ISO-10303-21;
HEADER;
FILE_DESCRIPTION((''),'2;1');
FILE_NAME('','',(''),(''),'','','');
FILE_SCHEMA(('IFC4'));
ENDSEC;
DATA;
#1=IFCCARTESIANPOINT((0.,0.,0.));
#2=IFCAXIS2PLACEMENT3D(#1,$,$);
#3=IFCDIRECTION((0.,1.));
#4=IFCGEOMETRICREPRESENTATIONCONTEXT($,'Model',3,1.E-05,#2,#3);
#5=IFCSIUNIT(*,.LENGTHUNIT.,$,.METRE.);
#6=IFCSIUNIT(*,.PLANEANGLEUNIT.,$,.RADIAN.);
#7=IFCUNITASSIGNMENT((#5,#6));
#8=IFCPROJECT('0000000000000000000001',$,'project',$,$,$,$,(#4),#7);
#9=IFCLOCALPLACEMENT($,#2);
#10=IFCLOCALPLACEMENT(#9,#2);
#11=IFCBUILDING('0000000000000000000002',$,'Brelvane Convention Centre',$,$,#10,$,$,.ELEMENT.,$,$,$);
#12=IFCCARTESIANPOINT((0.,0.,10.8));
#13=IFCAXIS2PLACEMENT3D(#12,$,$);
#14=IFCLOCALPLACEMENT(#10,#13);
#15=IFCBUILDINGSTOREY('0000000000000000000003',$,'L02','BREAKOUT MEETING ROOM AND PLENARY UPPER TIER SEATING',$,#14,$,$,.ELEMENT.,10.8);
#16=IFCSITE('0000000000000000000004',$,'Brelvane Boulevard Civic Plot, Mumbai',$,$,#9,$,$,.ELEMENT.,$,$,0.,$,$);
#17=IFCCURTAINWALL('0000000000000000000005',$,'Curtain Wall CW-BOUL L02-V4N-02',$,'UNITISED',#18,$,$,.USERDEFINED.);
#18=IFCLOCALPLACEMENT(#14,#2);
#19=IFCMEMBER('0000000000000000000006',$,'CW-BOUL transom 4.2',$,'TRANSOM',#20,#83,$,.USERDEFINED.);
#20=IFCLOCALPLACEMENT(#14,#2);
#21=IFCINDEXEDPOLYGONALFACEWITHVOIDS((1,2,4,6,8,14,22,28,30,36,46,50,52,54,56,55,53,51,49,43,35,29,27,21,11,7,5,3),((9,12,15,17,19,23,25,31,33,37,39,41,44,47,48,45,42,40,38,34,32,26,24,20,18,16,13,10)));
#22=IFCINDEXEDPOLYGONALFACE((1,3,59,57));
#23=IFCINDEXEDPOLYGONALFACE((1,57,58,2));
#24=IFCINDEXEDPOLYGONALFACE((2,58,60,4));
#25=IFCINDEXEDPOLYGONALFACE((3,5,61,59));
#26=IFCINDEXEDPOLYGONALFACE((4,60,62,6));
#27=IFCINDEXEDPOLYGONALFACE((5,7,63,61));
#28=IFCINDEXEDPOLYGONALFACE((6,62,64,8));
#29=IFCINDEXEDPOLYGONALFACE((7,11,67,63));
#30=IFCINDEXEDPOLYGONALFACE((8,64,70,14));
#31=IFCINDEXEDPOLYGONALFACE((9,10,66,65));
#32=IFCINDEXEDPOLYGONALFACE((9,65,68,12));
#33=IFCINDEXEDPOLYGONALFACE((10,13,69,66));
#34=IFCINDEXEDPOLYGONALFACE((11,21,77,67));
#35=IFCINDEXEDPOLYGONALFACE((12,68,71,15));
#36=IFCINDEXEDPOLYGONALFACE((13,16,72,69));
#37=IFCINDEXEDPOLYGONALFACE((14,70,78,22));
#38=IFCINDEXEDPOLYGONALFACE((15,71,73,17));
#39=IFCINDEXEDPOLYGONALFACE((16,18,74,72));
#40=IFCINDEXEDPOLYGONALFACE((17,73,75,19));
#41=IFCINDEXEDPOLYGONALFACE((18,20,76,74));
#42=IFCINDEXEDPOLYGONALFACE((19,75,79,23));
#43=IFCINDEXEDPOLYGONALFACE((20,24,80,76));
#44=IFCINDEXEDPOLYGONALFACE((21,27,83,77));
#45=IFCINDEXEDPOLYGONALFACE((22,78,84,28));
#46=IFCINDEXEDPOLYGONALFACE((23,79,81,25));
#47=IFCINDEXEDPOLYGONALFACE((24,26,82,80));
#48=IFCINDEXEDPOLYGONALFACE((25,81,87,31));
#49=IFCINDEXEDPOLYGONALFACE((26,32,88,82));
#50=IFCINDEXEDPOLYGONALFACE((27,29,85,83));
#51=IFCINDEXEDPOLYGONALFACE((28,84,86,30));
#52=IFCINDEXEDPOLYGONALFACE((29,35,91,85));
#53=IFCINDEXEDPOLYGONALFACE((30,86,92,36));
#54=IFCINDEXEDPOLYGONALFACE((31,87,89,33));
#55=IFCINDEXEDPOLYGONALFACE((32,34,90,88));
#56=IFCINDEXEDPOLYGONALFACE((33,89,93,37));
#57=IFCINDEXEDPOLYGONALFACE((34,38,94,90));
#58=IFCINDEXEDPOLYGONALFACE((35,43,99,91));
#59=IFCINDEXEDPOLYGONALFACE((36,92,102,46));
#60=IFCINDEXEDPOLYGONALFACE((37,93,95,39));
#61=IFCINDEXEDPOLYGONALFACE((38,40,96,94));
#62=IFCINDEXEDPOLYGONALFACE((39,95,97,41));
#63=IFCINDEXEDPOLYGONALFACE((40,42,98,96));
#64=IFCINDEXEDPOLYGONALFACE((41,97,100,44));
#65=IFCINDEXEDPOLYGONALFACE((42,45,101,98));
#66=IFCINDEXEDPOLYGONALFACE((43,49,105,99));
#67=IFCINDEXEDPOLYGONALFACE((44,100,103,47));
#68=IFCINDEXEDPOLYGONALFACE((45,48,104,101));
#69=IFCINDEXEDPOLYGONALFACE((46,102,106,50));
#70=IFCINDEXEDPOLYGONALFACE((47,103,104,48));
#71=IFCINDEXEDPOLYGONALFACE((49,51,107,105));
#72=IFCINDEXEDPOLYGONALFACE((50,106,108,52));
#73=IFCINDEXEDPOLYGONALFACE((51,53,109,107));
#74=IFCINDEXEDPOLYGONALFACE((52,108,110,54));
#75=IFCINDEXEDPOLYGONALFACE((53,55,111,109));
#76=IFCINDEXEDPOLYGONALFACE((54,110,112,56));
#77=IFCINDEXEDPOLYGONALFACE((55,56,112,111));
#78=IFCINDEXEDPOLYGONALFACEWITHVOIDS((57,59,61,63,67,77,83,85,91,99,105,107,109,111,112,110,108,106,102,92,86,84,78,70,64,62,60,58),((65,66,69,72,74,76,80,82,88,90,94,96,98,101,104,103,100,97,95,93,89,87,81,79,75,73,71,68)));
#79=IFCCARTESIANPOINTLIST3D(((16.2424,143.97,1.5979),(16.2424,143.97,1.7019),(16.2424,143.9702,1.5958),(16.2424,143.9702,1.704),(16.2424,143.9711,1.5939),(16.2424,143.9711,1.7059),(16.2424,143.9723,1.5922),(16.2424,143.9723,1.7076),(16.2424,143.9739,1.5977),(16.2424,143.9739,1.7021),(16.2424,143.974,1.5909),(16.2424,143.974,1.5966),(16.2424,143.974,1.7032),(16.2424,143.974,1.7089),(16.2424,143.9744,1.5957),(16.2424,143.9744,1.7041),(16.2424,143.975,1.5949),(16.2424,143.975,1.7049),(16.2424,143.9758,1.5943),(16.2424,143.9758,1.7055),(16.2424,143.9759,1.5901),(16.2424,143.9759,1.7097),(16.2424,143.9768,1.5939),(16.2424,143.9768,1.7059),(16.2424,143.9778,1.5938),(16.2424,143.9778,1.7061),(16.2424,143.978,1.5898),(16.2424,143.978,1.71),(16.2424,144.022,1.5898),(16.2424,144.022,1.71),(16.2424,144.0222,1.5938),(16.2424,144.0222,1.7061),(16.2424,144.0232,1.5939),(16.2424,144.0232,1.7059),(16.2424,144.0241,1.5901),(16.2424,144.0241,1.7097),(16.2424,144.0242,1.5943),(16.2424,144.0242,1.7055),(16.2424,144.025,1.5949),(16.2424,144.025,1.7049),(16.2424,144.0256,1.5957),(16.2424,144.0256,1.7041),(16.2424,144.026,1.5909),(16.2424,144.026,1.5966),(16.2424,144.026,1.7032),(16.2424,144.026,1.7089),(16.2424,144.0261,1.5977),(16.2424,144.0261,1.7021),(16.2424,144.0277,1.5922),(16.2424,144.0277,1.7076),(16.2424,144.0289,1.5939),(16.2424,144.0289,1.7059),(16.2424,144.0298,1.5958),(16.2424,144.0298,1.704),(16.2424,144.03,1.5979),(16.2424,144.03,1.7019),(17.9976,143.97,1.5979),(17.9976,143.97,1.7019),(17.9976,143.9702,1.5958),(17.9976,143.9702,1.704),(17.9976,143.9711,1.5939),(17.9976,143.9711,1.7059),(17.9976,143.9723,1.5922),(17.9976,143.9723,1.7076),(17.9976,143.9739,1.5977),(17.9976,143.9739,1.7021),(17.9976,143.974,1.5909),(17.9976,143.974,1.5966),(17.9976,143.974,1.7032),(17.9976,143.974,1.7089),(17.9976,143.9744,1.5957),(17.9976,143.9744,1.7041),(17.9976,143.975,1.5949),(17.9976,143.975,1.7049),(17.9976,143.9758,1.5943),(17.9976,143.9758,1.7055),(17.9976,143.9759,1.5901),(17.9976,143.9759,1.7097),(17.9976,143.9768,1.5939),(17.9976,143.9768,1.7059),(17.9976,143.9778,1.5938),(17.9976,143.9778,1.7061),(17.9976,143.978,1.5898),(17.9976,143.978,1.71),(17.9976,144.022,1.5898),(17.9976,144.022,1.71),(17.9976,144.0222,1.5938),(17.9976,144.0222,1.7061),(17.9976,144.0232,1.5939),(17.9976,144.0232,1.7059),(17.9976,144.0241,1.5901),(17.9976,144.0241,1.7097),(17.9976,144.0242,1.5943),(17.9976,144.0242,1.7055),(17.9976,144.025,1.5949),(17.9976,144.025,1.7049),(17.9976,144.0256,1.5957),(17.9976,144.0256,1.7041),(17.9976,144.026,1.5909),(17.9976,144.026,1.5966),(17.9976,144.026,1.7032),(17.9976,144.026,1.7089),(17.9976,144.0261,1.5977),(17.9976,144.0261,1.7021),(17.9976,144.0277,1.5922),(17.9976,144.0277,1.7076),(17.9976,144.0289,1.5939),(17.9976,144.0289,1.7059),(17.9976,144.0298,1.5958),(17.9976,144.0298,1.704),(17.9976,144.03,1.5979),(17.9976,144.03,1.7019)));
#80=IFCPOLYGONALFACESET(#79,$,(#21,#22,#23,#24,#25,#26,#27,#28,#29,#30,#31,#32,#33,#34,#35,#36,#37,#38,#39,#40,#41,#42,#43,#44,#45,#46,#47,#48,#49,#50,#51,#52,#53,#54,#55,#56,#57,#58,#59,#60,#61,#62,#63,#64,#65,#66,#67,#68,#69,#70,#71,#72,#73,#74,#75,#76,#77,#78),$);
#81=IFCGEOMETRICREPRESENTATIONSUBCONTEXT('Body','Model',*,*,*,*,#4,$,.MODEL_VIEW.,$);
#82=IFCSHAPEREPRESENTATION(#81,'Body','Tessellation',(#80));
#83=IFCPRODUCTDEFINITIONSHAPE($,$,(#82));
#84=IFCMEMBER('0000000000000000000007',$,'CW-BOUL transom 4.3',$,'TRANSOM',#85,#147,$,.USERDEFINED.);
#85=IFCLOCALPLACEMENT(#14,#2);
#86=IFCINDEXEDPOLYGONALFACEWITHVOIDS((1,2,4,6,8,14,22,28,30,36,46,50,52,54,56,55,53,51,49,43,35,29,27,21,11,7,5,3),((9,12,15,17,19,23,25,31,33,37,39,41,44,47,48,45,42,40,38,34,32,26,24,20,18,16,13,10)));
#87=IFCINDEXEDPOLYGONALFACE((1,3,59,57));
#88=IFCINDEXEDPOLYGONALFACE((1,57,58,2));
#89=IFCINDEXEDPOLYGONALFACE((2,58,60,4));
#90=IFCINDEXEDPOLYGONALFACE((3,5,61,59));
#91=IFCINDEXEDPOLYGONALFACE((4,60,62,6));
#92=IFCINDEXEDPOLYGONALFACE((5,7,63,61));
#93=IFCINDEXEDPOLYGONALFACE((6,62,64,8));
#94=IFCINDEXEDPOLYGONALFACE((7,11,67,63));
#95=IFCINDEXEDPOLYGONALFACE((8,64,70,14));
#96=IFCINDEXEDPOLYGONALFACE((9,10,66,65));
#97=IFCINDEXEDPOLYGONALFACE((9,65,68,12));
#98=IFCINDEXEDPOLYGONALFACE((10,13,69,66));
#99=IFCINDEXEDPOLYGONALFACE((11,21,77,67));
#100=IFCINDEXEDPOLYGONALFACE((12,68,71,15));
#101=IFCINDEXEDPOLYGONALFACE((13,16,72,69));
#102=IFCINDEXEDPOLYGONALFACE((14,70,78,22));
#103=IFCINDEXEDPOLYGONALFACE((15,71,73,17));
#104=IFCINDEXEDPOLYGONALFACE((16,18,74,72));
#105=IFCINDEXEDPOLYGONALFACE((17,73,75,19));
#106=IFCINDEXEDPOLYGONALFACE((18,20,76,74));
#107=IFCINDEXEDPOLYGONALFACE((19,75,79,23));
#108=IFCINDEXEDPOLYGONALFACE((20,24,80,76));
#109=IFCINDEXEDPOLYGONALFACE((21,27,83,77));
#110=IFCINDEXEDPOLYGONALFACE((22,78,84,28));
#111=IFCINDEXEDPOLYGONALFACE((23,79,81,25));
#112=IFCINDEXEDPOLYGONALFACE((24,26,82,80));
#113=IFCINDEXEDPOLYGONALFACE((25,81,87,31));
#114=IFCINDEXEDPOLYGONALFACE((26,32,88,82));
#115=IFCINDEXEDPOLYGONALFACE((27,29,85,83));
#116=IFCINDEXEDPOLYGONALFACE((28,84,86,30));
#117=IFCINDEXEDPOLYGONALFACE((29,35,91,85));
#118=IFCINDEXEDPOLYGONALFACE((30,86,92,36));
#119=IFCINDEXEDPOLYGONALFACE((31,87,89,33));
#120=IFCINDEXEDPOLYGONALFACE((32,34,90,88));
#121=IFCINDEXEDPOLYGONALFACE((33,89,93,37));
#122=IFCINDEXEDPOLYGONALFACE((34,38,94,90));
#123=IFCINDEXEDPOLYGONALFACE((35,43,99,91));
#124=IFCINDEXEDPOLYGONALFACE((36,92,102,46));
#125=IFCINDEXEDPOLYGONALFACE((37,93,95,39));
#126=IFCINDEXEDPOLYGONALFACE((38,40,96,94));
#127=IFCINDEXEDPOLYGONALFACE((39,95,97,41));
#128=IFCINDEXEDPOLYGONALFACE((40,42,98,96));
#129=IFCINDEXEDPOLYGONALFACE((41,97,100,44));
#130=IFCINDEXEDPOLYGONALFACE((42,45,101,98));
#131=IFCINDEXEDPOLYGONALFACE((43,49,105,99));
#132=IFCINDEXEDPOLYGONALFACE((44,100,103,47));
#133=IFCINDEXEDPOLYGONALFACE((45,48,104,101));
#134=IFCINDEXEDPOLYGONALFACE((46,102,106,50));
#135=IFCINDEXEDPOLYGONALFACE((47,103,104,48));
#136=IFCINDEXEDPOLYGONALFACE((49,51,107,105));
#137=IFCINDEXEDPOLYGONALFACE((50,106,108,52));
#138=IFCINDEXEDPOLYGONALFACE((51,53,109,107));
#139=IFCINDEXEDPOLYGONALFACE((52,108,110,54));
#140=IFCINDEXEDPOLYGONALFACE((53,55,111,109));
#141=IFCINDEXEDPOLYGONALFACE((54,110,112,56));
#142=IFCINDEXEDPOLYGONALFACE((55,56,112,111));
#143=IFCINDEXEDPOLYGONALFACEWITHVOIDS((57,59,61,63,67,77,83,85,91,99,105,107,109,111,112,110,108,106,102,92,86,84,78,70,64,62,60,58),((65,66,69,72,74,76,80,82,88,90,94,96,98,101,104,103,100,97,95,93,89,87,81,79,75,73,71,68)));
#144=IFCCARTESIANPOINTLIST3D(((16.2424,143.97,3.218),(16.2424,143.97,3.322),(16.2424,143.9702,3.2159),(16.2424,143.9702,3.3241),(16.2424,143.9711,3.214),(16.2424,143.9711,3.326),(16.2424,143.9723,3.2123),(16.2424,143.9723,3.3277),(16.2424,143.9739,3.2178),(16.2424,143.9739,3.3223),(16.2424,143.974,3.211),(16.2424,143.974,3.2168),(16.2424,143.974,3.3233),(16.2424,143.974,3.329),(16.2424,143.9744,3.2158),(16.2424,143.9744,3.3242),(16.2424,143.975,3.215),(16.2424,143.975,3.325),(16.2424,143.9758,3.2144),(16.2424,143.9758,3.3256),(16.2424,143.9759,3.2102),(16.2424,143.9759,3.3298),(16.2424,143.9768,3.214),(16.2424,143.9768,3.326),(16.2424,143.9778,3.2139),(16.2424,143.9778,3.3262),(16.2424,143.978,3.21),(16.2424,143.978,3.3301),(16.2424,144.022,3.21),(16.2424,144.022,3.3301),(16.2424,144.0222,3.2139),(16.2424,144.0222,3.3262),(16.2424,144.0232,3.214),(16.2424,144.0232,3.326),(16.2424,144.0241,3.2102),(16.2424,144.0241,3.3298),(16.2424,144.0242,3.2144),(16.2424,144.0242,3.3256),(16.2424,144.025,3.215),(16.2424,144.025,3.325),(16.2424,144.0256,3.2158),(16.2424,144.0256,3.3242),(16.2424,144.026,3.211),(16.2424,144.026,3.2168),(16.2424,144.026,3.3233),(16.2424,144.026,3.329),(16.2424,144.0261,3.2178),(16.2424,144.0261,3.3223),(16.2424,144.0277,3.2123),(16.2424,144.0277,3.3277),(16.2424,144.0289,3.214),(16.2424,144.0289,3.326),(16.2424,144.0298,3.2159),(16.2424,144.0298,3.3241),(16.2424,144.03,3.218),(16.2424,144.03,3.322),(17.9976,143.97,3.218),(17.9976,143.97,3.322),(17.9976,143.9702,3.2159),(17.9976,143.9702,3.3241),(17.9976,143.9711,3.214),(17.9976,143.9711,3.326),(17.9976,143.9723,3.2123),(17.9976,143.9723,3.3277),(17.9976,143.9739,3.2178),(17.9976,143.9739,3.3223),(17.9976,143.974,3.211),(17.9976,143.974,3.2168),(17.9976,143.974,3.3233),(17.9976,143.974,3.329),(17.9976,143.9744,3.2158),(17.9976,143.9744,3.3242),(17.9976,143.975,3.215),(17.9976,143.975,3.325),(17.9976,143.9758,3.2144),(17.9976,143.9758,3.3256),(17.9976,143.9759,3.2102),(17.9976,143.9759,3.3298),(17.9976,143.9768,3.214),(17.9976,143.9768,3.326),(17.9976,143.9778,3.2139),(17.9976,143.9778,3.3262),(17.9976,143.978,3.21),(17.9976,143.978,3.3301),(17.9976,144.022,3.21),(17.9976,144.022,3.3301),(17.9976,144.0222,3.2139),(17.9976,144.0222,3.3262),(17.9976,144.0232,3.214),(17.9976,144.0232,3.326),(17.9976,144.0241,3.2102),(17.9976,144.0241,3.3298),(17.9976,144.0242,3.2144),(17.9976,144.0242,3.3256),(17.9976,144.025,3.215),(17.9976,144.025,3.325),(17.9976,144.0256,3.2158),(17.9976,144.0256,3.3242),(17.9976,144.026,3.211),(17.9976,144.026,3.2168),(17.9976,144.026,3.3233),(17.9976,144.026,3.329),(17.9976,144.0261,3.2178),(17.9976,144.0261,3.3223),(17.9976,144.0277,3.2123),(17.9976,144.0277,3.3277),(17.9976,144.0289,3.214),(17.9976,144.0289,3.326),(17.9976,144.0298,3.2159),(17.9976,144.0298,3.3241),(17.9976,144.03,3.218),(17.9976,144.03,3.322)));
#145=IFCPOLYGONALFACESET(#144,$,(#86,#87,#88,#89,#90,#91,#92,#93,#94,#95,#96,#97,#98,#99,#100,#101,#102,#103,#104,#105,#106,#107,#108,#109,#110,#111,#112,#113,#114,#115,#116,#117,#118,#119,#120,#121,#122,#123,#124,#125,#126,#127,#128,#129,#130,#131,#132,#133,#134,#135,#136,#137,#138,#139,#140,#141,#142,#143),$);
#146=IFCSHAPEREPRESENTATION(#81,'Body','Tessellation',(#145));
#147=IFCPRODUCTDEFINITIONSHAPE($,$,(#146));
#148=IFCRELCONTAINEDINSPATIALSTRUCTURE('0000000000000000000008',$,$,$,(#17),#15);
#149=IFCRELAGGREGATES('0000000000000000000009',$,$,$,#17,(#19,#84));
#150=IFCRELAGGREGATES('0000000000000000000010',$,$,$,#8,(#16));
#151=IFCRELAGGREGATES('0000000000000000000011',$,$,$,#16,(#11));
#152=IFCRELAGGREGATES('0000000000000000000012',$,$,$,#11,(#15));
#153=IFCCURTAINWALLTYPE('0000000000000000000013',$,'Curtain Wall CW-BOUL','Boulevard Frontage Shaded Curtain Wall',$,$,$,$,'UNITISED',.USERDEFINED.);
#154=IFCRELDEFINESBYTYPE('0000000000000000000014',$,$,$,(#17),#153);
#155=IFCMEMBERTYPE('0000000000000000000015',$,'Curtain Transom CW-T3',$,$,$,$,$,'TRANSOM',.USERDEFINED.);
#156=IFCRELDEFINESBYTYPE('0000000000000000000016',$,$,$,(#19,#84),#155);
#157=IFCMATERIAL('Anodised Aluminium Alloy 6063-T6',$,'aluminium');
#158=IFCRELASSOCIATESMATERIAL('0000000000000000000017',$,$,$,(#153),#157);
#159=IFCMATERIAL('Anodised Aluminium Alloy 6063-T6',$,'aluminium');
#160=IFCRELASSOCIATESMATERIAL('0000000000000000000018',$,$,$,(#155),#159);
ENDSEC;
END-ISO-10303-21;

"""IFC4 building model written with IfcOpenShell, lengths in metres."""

from ifc_helpers import new_model, si_unit, direction, frame, origin, origin_2d, place, context, subcontext, project, spatial, hollow_rectangle, extrude, material, material_profile, profile_set, type_object, element, aggregate, save


model = new_model("IFC4")

# Units and contexts
model_context = context("Model", 3, precision=1e-05, world=origin(), true_north=direction((0.0, 1.0)))
body_context = subcontext(model_context, "Body", "Model", "MODEL_VIEW")
ifc_project = project(units=[si_unit("LENGTHUNIT", "METRE"), si_unit("PLANEANGLEUNIT", "RADIAN")], contexts=[model_context])

# Site, building, storey
site_placement = place(None, origin())
site = spatial("IfcSite", under=ifc_project, at=site_placement, Name="Brelvane Boulevard Civic Plot, Mumbai", CompositionType="ELEMENT", RefElevation=0.0)
building_placement = place(site_placement, origin())
building = spatial("IfcBuilding", under=site, at=building_placement, Name="Brelvane Convention Centre", CompositionType="ELEMENT")
storey_placement = place(building_placement, frame((0.0, 0.0, 10.8)))
storey = spatial("IfcBuildingStorey", under=building, at=storey_placement, Name="L02", Description="BREAKOUT MEETING ROOM AND PLENARY UPPER TIER SEATING", CompositionType="ELEMENT", Elevation=10.8)

# Curtain wall, members
ifc_material_1 = material(Name="Anodised Aluminium Alloy 6063-T6", Category="aluminium")
curtain_wall_type = type_object("IfcCurtainWallType", Name="Curtain Wall CW-BOUL", Description="Boulevard Frontage Shaded Curtain Wall", ElementType="UNITISED", PredefinedType="USERDEFINED", material=ifc_material_1)
curtain_wall_placement = place(storey_placement, origin())
curtain_wall = element("IfcCurtainWall", 1, at=curtain_wall_placement, inside=storey, type_object=curtain_wall_type, Name="Curtain Wall CW-BOUL L02-V4N-02", ObjectType="UNITISED", PredefinedType="USERDEFINED")
ifc_material_2 = material(Name="Anodised Aluminium Alloy 6063-T6", Category="aluminium")
ifc_material_profile_1 = material_profile(ifc_material_2, hollow_rectangle(XDim=0.0601, YDim=0.1201, WallThickness=0.0039, InnerFilletRadius=0.0039, OuterFilletRadius=0.0081, at=origin_2d()), Name="ALU-T 120x60x4.0")
ifc_profile_set_1 = profile_set([ifc_material_profile_1], Name="Anodised Aluminium Alloy 6063-T6")
member_type_1 = type_object("IfcMemberType", Name="Curtain Transom CW-T3", ElementType="TRANSOM", PredefinedType="USERDEFINED", material=ifc_profile_set_1)
member_1_placement = place(storey_placement, frame((16.2424, 144.0, 1.6499), z_axis=(1.0, 0.0, 0.0), x_axis=(0.0, 1.0, 0.0)))
member_1 = element("IfcMember", 2, at=member_1_placement, type_object=member_type_1, Name="CW-BOUL transom 4.2", ObjectType="TRANSOM", PredefinedType="USERDEFINED", context=body_context, shape_type="SweptSolid", body=[
    extrude(hollow_rectangle(XDim=0.0601, YDim=0.1201, WallThickness=0.0039, InnerFilletRadius=0.0039, OuterFilletRadius=0.0081, at=origin_2d()), origin(), (0.0, 0.0, 1.0), 1.7551),
])
member_2_placement = place(storey_placement, frame((16.2424, 144.0, 3.27), z_axis=(1.0, 0.0, 0.0), x_axis=(0.0, 1.0, 0.0)))
member_2 = element("IfcMember", 3, at=member_2_placement, type_object=member_type_1, Name="CW-BOUL transom 4.3", ObjectType="TRANSOM", PredefinedType="USERDEFINED", context=body_context, shape_type="SweptSolid", body=[
    extrude(hollow_rectangle(XDim=0.0601, YDim=0.1201, WallThickness=0.0039, InnerFilletRadius=0.0039, OuterFilletRadius=0.0081, at=origin_2d()), origin(), (0.0, 0.0, 1.0), 1.7551),
])

aggregate(curtain_wall, [member_1, member_2])

save(model, "model.ifc")
